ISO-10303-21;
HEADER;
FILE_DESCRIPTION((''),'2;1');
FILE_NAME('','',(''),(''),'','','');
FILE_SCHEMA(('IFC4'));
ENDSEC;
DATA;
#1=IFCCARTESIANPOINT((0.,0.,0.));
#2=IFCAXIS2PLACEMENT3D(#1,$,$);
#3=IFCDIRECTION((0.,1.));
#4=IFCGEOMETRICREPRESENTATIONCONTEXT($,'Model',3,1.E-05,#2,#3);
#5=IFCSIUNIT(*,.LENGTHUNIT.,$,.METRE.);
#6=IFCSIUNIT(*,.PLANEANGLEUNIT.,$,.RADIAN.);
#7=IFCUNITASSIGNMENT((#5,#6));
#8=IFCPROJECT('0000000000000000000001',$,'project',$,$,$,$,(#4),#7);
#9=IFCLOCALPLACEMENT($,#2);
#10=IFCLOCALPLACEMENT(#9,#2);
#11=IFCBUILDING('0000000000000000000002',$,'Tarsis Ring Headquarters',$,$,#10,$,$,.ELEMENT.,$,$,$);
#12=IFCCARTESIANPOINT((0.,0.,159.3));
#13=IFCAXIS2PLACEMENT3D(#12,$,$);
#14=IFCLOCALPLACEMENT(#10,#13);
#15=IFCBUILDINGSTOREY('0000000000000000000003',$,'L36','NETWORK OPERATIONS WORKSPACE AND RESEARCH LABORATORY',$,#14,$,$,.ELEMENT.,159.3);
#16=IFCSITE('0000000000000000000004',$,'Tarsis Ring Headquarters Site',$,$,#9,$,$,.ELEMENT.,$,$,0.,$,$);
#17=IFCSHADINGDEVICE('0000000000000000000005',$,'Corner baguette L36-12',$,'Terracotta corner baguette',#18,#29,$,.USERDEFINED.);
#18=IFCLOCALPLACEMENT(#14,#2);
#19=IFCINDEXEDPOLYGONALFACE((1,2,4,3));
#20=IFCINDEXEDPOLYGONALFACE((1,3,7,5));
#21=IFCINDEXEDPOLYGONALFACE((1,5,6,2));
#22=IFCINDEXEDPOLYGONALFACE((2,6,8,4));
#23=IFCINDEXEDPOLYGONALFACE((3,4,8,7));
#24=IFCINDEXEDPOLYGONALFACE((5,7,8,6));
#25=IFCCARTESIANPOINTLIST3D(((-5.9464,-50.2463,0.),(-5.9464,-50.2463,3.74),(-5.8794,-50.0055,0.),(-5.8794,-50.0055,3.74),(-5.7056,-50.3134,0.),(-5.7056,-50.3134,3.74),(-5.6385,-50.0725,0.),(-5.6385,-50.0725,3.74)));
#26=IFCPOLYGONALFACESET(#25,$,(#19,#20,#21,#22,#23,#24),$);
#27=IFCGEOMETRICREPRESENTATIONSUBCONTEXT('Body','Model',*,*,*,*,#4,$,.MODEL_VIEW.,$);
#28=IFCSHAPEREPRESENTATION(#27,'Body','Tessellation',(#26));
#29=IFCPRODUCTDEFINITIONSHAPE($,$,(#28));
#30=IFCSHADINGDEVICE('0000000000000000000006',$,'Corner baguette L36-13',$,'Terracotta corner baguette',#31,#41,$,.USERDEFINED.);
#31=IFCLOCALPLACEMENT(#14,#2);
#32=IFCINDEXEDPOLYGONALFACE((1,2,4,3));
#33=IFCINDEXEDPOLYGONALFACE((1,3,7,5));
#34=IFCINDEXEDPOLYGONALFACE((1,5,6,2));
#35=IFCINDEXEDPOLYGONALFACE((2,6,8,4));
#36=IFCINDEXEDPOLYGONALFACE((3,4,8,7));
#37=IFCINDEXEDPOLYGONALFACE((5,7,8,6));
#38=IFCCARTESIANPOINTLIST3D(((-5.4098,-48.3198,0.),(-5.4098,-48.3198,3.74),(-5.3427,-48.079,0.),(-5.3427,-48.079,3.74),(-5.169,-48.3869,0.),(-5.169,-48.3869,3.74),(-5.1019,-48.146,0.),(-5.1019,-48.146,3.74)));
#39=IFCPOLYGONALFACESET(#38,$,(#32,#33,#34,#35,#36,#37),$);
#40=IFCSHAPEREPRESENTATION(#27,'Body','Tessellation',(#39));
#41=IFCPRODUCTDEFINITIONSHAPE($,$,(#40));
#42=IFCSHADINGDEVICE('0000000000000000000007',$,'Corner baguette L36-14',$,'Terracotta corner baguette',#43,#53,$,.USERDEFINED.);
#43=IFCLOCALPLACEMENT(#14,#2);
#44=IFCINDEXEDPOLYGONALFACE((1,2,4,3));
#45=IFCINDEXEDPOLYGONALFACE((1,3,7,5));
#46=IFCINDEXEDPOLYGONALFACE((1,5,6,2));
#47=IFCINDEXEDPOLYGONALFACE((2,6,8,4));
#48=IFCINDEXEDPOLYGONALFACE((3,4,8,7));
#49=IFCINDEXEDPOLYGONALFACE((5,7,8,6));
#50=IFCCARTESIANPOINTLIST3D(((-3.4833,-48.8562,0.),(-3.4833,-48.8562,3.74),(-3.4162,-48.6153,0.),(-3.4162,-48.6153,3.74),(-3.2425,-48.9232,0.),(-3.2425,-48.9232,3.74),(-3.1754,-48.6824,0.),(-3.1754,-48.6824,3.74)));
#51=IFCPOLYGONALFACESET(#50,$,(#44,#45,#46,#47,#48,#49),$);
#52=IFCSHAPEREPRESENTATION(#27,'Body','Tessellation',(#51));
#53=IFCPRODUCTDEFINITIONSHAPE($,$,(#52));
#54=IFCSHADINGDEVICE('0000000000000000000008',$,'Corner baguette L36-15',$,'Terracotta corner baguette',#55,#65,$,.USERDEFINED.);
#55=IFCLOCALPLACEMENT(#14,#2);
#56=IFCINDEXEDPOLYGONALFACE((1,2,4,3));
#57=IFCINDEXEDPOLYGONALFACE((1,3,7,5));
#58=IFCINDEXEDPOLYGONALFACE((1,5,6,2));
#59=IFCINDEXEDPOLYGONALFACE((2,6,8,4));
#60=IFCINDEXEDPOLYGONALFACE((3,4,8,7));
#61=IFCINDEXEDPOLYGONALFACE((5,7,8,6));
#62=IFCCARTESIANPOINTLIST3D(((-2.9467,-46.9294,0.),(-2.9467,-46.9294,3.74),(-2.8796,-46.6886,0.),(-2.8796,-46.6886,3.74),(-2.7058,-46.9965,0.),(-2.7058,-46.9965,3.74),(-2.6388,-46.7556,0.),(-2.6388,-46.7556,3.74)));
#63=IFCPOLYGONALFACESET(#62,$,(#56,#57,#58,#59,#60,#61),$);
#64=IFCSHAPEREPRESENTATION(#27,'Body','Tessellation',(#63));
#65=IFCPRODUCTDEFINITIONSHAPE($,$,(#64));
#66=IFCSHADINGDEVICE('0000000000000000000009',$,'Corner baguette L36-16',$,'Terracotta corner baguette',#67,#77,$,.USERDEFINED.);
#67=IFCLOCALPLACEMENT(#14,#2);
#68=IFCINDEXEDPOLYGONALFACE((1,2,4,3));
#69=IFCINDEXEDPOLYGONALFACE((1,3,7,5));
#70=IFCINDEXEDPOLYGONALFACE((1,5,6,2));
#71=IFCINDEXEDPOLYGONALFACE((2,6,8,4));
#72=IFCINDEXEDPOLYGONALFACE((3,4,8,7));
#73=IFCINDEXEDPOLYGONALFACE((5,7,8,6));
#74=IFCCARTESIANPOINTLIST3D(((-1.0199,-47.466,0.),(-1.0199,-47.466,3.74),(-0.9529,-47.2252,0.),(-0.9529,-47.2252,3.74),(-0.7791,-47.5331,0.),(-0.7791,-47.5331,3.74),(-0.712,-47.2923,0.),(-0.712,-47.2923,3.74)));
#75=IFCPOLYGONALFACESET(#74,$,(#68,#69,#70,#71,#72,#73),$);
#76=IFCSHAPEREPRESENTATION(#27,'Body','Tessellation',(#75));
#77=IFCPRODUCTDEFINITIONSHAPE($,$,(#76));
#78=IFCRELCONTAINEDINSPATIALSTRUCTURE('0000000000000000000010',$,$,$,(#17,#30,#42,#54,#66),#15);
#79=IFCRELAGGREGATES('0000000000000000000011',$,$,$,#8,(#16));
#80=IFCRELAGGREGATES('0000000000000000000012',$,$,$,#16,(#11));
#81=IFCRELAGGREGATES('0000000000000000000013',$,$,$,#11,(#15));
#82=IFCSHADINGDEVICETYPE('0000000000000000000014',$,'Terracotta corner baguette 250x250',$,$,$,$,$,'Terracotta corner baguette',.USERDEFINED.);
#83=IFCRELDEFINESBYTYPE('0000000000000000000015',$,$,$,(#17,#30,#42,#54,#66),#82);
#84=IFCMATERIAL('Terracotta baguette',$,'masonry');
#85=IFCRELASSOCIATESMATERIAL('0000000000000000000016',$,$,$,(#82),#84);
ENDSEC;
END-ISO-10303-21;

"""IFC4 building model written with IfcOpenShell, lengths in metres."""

from ifc_helpers import new_model, si_unit, direction, frame, origin, origin_2d, place, context, subcontext, project, spatial, rectangle, extrude, material, type_object, element, save


model = new_model("IFC4")

# Units and contexts
model_context = context("Model", 3, precision=1e-05, world=origin(), true_north=direction((0.0, 1.0)))
body_context = subcontext(model_context, "Body", "Model", "MODEL_VIEW")
ifc_project = project(units=[si_unit("LENGTHUNIT", "METRE"), si_unit("PLANEANGLEUNIT", "RADIAN")], contexts=[model_context])

# Site, building, storey
site_placement = place(None, origin())
site = spatial("IfcSite", under=ifc_project, at=site_placement, Name="Tarsis Ring Headquarters Site", CompositionType="ELEMENT", RefElevation=0.0)
building_placement = place(site_placement, origin())
building = spatial("IfcBuilding", under=site, at=building_placement, Name="Tarsis Ring Headquarters", CompositionType="ELEMENT")
storey_placement = place(building_placement, frame((0.0, 0.0, 159.3)))
storey = spatial("IfcBuildingStorey", under=building, at=storey_placement, Name="L36", Description="NETWORK OPERATIONS WORKSPACE AND RESEARCH LABORATORY", CompositionType="ELEMENT", Elevation=159.3)

# Shading devices
ifc_material_1 = material(Name="Terracotta baguette", Category="masonry")
shading_device_type_1 = type_object("IfcShadingDeviceType", Name="Terracotta corner baguette 250x250", ElementType="Terracotta corner baguette", PredefinedType="USERDEFINED", material=ifc_material_1)
for number, where, z_axis, x_axis, name in (
    (1, (-5.7925, -50.1594, 0.0), (0.0, 0.0, 1.0), (0.96335, -0.268247, 0.0), "Corner baguette L36-12"),
    (2, (-5.2559, -48.2329, 0.0), (0.0, 0.0, 1.0), (0.268248, 0.96335, 0.0), "Corner baguette L36-13"),
    (3, (-3.3293, -48.7693, 0.0), (0.0, 0.0, 1.0), (0.96335, -0.268247, 0.0), "Corner baguette L36-14"),
    (4, (-2.7927, -46.8425, 0.0), (0.0, 0.0, 1.0), (0.268247, 0.96335, 0.0), "Corner baguette L36-15"),
    (5, (-0.866, -47.3792, 0.0), (0.0, 0.0, 1.0), (0.96335, -0.268248, 0.0), "Corner baguette L36-16"),
):
    element("IfcShadingDevice", number, at=place(storey_placement, frame(where, z_axis=z_axis, x_axis=x_axis)), inside=storey, type_object=shading_device_type_1, Name=name, ObjectType="Terracotta corner baguette", PredefinedType="USERDEFINED", context=body_context, shape_type="SweptSolid", body=[
        extrude(rectangle(XDim=0.25, YDim=0.25, at=origin_2d()), origin(), (0.0, 0.0, 1.0), 3.74),
    ])

save(model, "model.ifc")
